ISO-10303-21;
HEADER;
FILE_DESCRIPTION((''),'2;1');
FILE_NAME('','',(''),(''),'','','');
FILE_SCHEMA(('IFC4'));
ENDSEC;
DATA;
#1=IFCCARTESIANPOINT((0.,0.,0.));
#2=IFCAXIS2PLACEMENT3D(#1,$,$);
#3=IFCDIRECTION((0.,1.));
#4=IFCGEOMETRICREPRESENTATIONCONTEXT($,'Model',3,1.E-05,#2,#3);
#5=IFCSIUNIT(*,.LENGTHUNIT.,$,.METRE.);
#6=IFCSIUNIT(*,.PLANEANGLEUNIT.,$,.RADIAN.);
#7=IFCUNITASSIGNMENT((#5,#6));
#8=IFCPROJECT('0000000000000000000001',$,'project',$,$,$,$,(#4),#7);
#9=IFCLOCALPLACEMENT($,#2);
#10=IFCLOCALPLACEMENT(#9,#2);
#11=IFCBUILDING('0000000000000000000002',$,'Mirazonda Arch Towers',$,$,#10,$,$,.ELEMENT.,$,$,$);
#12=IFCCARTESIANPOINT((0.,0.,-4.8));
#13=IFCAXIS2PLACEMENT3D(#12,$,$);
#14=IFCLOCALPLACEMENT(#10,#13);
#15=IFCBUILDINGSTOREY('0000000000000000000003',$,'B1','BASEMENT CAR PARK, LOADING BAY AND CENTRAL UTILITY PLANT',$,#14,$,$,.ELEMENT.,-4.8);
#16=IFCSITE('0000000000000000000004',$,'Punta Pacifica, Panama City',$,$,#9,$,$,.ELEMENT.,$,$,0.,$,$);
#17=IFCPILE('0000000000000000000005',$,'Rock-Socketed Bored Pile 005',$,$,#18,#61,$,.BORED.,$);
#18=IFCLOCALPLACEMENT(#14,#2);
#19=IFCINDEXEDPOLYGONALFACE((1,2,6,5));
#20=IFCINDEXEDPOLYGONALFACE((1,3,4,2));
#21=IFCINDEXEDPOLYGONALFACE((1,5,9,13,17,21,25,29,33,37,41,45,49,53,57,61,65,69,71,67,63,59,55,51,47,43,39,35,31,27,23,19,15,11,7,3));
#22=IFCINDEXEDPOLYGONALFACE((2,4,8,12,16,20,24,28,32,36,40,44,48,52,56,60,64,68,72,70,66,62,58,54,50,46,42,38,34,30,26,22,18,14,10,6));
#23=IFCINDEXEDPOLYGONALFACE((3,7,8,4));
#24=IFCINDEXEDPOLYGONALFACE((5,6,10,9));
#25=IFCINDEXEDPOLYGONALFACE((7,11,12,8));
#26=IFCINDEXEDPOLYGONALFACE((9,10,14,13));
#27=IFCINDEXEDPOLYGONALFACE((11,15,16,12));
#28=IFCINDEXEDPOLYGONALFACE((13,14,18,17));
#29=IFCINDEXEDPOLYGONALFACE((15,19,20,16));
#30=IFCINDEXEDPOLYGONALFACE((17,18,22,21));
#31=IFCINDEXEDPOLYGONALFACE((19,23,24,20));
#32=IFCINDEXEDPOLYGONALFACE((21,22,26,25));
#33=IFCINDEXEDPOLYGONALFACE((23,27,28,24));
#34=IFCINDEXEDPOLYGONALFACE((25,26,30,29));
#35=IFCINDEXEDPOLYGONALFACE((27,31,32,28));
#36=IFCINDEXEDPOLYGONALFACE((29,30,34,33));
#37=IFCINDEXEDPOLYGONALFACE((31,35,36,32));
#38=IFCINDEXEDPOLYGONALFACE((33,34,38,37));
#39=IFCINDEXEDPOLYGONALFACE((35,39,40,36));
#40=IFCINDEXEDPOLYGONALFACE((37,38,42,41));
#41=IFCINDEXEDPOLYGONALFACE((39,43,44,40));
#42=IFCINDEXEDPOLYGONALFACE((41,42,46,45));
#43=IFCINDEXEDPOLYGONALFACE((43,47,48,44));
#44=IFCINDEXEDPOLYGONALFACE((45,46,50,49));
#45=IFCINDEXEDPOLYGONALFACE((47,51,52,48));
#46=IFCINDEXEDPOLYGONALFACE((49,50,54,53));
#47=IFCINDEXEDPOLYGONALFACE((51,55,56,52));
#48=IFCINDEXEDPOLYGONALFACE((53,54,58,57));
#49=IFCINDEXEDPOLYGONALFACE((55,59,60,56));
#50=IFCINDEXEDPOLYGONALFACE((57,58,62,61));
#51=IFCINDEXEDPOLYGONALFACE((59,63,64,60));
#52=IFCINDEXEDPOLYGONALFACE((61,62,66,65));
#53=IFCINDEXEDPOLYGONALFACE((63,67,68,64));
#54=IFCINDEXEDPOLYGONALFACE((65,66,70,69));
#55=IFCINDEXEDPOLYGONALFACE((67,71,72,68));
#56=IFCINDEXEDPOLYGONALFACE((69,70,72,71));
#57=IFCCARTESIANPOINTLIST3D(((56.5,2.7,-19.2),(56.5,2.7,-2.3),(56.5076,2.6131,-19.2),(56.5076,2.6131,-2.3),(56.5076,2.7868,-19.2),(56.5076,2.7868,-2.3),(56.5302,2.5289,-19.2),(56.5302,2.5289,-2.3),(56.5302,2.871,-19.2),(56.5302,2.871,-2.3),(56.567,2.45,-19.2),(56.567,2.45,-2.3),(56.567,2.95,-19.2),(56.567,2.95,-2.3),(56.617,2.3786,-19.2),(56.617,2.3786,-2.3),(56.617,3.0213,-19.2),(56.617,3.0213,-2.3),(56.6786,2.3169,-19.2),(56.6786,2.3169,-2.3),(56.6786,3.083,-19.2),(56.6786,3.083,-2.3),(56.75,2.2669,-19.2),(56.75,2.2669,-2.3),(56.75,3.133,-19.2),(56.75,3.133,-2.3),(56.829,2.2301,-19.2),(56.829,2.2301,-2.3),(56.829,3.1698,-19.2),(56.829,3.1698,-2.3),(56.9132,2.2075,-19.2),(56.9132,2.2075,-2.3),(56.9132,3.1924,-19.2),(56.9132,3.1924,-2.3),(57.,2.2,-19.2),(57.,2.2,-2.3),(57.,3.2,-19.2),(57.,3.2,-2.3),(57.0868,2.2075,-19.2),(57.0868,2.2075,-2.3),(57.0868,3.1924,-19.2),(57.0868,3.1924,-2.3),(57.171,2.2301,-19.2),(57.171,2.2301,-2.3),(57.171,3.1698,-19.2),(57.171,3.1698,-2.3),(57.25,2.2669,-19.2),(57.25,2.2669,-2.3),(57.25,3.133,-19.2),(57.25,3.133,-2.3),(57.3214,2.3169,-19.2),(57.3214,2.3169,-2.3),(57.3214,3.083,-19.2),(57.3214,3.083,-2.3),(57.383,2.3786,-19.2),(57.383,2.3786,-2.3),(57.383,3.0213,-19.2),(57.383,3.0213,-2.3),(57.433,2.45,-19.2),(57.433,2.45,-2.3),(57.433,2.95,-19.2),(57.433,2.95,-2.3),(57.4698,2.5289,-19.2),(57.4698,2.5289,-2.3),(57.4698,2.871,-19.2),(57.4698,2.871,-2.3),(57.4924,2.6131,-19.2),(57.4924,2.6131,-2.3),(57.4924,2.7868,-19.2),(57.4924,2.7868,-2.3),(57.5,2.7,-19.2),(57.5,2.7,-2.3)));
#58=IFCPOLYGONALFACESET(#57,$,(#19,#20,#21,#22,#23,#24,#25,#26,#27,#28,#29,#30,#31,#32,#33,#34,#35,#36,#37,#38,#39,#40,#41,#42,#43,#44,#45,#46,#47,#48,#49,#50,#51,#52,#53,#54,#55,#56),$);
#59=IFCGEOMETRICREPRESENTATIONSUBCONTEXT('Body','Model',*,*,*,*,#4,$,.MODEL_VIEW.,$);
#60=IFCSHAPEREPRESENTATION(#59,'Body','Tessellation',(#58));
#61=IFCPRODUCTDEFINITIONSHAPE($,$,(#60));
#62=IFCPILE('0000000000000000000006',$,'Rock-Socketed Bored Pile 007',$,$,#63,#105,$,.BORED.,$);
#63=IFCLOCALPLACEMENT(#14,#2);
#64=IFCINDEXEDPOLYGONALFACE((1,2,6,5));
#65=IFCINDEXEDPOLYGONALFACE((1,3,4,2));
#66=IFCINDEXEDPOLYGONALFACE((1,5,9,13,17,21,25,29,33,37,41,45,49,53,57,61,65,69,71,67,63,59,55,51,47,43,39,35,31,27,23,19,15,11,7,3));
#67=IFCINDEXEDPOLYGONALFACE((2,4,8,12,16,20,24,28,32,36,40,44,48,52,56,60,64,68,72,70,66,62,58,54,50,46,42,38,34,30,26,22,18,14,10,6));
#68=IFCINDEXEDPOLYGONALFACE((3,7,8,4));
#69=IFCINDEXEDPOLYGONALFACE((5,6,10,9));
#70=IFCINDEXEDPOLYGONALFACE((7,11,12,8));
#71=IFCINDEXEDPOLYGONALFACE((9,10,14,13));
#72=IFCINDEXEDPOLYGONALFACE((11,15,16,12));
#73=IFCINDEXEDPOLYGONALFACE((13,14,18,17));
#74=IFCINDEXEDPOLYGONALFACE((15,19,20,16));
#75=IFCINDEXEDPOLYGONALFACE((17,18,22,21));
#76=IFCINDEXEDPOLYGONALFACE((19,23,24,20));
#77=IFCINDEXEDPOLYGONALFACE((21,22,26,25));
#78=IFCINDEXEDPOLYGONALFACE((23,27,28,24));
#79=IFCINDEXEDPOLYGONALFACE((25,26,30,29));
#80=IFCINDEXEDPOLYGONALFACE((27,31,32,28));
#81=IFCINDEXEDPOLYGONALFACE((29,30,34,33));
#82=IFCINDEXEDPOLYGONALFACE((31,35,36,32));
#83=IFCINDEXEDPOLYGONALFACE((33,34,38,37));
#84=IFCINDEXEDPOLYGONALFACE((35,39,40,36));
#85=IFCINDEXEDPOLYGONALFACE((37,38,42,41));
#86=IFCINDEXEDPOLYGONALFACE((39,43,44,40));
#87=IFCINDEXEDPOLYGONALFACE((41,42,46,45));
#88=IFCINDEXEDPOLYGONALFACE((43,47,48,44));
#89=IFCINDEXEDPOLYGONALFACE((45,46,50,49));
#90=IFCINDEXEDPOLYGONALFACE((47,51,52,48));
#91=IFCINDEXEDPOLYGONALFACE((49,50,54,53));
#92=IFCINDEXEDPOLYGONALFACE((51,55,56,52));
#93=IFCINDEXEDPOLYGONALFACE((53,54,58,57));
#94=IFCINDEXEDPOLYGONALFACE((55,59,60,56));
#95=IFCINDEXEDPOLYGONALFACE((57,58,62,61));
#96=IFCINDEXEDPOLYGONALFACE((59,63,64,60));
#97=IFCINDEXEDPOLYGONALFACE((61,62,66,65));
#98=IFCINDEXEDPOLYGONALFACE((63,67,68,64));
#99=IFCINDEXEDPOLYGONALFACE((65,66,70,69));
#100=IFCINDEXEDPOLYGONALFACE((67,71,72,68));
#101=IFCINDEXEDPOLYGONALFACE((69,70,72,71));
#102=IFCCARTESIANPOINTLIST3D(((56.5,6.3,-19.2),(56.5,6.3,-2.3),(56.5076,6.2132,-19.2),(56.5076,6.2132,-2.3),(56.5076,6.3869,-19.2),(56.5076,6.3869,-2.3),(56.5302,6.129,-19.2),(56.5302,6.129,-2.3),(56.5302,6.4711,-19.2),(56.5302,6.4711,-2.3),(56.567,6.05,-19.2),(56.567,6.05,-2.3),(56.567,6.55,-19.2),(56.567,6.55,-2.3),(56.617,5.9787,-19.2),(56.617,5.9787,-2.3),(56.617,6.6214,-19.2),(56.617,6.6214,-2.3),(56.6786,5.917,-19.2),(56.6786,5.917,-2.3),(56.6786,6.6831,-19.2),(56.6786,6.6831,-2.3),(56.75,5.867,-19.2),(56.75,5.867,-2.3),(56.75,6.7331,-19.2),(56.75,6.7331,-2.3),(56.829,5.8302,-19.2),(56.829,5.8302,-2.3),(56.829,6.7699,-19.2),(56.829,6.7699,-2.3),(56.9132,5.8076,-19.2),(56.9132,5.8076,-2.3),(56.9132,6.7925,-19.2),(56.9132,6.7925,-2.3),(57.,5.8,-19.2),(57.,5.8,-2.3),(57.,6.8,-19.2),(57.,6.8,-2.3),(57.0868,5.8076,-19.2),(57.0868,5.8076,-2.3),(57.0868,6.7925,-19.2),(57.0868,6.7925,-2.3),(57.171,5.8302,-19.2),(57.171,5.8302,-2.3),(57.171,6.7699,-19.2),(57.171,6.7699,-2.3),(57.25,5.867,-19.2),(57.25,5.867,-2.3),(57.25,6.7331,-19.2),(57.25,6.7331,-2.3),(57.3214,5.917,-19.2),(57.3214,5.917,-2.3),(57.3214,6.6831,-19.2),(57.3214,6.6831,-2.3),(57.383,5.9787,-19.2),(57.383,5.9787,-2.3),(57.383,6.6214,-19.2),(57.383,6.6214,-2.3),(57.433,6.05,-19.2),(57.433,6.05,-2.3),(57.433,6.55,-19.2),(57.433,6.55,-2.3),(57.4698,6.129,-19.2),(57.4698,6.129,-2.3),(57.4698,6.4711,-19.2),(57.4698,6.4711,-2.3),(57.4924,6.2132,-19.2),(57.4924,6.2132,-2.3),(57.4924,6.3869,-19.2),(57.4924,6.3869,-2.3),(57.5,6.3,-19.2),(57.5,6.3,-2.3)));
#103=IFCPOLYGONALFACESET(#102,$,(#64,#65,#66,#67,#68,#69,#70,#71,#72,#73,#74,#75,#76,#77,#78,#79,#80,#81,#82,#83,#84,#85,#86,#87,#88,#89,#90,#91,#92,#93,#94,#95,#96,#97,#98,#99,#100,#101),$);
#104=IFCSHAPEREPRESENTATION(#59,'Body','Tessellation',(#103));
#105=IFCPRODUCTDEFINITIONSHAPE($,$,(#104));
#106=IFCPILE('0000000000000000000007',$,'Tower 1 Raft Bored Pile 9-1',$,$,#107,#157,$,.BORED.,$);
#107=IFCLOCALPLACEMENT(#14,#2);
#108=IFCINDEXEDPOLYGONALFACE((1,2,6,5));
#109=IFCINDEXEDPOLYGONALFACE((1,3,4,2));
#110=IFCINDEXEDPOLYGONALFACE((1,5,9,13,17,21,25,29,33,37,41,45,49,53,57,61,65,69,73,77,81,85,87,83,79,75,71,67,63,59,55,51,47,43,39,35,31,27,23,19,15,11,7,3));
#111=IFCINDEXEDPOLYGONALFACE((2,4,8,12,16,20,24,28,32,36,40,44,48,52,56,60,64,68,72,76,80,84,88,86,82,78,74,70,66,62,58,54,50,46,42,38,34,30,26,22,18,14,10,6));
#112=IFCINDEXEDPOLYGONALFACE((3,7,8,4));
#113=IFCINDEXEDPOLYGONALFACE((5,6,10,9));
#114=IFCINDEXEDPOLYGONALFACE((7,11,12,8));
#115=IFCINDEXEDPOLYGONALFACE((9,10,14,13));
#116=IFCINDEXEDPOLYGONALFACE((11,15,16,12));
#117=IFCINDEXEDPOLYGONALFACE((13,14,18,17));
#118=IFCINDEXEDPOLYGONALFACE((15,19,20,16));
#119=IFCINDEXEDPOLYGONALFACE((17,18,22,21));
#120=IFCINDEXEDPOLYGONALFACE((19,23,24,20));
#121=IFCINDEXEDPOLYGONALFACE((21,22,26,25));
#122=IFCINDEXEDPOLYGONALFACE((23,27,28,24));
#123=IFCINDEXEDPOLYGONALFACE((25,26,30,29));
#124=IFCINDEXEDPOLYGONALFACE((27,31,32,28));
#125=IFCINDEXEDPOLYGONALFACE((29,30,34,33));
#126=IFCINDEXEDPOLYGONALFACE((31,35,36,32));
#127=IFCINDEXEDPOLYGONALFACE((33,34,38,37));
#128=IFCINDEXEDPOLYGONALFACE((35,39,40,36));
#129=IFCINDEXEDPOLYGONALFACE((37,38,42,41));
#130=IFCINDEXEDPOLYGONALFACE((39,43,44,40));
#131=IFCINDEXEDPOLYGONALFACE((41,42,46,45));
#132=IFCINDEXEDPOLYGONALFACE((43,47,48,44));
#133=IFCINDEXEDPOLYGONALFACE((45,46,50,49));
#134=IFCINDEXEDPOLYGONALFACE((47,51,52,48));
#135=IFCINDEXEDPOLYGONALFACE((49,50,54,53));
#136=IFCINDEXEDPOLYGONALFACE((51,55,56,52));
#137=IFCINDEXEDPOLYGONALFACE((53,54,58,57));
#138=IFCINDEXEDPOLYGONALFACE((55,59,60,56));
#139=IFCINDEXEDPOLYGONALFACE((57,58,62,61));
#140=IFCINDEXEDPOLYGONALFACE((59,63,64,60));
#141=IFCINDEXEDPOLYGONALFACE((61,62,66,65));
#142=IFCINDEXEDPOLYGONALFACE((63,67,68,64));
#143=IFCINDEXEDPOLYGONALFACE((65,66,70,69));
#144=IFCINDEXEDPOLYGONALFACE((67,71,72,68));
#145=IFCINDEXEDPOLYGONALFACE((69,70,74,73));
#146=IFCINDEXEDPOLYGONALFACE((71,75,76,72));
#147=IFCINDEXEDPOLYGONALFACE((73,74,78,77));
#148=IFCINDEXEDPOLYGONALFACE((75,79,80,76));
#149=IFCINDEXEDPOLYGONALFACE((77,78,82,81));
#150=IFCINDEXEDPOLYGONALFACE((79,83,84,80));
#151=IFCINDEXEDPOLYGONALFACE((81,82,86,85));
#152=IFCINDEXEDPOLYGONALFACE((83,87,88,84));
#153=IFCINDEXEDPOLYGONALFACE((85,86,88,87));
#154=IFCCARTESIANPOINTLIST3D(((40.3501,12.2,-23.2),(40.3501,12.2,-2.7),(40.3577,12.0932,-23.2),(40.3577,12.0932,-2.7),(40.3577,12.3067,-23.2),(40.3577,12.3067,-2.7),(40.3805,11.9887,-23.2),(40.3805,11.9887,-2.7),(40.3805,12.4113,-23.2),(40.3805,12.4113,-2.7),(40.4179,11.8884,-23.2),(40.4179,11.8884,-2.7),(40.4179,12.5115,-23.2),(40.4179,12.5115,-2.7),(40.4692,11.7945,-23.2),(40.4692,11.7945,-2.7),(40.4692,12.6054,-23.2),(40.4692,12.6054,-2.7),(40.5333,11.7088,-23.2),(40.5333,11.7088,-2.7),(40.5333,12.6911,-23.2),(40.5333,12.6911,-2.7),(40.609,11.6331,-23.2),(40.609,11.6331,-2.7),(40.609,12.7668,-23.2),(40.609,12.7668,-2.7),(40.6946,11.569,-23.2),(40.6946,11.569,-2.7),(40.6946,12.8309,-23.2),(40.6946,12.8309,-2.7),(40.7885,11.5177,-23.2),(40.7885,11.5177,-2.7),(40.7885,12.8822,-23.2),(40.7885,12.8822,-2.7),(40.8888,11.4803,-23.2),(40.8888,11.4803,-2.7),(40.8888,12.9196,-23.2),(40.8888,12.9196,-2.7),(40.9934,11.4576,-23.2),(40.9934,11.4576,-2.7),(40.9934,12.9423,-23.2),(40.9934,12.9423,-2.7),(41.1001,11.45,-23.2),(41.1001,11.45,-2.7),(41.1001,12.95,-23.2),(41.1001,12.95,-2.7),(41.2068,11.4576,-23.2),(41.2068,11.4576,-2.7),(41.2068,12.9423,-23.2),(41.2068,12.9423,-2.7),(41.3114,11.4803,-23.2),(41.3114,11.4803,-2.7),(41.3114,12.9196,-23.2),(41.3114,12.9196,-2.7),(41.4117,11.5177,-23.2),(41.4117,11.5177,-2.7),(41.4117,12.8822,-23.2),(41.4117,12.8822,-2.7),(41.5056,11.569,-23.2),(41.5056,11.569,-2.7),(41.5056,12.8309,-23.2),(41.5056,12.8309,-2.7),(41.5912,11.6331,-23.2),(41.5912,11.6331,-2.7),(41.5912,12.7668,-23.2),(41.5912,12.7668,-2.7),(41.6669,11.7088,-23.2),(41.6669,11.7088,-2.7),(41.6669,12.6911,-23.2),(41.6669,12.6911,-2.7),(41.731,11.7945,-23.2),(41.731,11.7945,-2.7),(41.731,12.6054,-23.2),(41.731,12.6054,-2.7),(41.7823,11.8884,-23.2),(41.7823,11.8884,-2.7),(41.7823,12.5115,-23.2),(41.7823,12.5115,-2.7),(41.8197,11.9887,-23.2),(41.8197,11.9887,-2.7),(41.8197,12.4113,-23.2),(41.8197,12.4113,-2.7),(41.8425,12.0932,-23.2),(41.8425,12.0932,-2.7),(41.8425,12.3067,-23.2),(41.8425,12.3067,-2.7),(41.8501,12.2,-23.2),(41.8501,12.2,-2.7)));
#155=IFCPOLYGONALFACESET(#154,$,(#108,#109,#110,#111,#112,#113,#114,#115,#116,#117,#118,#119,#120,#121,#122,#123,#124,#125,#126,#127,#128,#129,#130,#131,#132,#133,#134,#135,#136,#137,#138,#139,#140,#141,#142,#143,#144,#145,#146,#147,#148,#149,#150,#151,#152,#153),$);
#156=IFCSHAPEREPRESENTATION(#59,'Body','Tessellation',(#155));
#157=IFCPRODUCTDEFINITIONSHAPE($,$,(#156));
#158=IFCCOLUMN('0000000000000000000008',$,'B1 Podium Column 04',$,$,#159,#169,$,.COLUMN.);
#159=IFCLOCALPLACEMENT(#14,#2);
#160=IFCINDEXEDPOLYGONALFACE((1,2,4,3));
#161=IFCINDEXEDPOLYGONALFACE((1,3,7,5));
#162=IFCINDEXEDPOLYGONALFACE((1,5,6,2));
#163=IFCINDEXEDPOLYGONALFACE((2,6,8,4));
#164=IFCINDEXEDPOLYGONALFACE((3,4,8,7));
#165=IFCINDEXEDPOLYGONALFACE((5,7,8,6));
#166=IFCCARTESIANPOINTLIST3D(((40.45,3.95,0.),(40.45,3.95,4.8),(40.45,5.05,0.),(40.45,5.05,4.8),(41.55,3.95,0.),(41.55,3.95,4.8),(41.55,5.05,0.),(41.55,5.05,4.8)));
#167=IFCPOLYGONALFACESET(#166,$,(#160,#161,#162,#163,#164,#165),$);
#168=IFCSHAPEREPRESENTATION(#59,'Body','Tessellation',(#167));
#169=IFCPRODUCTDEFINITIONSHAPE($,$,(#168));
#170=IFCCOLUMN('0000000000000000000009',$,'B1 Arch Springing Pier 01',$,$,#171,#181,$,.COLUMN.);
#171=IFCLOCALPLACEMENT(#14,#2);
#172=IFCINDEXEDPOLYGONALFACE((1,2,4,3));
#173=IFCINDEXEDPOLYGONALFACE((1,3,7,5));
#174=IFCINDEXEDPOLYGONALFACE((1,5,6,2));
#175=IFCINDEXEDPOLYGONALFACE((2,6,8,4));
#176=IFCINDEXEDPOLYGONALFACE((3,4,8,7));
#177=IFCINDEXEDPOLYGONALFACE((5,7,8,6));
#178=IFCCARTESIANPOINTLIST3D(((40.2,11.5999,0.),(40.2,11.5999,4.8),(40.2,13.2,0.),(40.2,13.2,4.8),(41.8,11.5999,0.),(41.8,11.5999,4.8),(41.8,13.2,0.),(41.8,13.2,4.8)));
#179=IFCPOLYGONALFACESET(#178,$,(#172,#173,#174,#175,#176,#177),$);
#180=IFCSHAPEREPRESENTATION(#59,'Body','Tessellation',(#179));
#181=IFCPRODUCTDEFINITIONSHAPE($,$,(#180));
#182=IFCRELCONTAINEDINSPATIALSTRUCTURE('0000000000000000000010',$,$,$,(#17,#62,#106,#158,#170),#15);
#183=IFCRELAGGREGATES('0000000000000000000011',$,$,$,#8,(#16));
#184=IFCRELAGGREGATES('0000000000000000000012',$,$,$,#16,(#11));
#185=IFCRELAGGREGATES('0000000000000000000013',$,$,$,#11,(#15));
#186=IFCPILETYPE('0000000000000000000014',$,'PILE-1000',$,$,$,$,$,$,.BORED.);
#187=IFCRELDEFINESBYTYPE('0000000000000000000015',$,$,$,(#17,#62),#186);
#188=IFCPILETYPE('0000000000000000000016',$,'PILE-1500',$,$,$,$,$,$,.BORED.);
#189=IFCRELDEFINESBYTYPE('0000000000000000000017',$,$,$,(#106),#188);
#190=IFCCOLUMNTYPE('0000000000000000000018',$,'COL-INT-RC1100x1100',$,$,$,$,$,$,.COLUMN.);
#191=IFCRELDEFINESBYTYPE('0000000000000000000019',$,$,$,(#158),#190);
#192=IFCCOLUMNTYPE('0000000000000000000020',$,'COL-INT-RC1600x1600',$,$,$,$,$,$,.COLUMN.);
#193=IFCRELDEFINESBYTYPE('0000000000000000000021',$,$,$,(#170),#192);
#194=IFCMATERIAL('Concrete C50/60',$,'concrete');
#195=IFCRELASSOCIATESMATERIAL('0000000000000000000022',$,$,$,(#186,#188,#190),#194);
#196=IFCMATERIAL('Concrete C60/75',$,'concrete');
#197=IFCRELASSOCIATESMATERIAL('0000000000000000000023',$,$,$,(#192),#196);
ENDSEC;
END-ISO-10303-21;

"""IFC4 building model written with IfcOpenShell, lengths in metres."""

from ifc_helpers import new_model, si_unit, direction, frame, origin, origin_2d, place, context, subcontext, project, spatial, rectangle, circle, extrude, material, material_profile, profile_set, type_object, element, save


model = new_model("IFC4")

# Units and contexts
model_context = context("Model", 3, precision=1e-05, world=origin(), true_north=direction((0.0, 1.0)))
body_context = subcontext(model_context, "Body", "Model", "MODEL_VIEW")
ifc_project = project(units=[si_unit("LENGTHUNIT", "METRE"), si_unit("PLANEANGLEUNIT", "RADIAN")], contexts=[model_context])

# Site, building, storey
site_placement = place(None, origin())
site = spatial("IfcSite", under=ifc_project, at=site_placement, Name="Punta Pacifica, Panama City", CompositionType="ELEMENT", RefElevation=0.0)
building_placement = place(site_placement, origin())
building = spatial("IfcBuilding", under=site, at=building_placement, Name="Mirazonda Arch Towers", CompositionType="ELEMENT")
storey_placement = place(building_placement, frame((0.0, 0.0, -4.8)))
storey = spatial("IfcBuildingStorey", under=building, at=storey_placement, Name="B1", Description="BASEMENT CAR PARK, LOADING BAY AND CENTRAL UTILITY PLANT", CompositionType="ELEMENT", Elevation=-4.8)

# Piles
ifc_material_1 = material(Name="Concrete C50/60", Category="concrete")
ifc_material_profile_1 = material_profile(ifc_material_1, circle(Radius=0.5, at=origin_2d()), Name="BORED-D1000")
ifc_profile_set_1 = profile_set([ifc_material_profile_1], Name="Concrete C50/60")
pile_type_1 = type_object("IfcPileType", Name="PILE-1000", PredefinedType="BORED", material=ifc_profile_set_1)
for number, where, z_axis, x_axis, name in (
    (1, (57.0, 2.7, -2.3), (0.0, 0.0, -1.0), (1.0, 0.0, 0.0), "Rock-Socketed Bored Pile 005"),
    (2, (57.0, 6.3, -2.3), (0.0, 0.0, -1.0), (1.0, 0.0, 0.0), "Rock-Socketed Bored Pile 007"),
):
    element("IfcPile", number, at=place(storey_placement, frame(where, z_axis=z_axis, x_axis=x_axis)), inside=storey, type_object=pile_type_1, Name=name, PredefinedType="BORED", context=body_context, shape_type="SweptSolid", body=[
        extrude(circle(Radius=0.5, at=origin_2d()), origin(), (0.0, 0.0, 1.0), 16.8999),
    ])
ifc_material_profile_2 = material_profile(ifc_material_1, circle(Radius=0.75, at=origin_2d()), Name="BORED-D1500")
ifc_profile_set_2 = profile_set([ifc_material_profile_2], Name="Concrete C50/60")
pile_type_2 = type_object("IfcPileType", Name="PILE-1500", PredefinedType="BORED", material=ifc_profile_set_2)
pile_placement = place(storey_placement, frame((41.1001, 12.2, -2.7), z_axis=(0.0, 0.0, -1.0), x_axis=(1.0, 0.0, 0.0)))
element("IfcPile", 3, at=pile_placement, inside=storey, type_object=pile_type_2, Name="Tower 1 Raft Bored Pile 9-1", PredefinedType="BORED", context=body_context, shape_type="SweptSolid", body=[
    extrude(circle(Radius=0.75, at=origin_2d()), origin(), (0.0, 0.0, 1.0), 20.5),
])

# Columns
ifc_material_profile_3 = material_profile(ifc_material_1, rectangle(XDim=1.1001, YDim=1.1001, at=origin_2d()), Name="RC1100x1100")
ifc_profile_set_3 = profile_set([ifc_material_profile_3], Name="Concrete C50/60")
column_type_1 = type_object("IfcColumnType", Name="COL-INT-RC1100x1100", PredefinedType="COLUMN", material=ifc_profile_set_3)
column_1_placement = place(storey_placement, frame((41.0, 4.5, 0.0), z_axis=(0.0, 0.0, 1.0), x_axis=(1.0, 0.0, 0.0)))
element("IfcColumn", 4, at=column_1_placement, inside=storey, type_object=column_type_1, Name="B1 Podium Column 04", PredefinedType="COLUMN", context=body_context, shape_type="SweptSolid", body=[
    extrude(rectangle(XDim=1.1001, YDim=1.1001, at=origin_2d()), origin(), (0.0, 0.0, 1.0), 4.8),
])
ifc_material_2 = material(Name="Concrete C60/75", Category="concrete")
ifc_material_profile_4 = material_profile(ifc_material_2, rectangle(XDim=1.6001, YDim=1.6001, at=origin_2d()), Name="RC1600x1600")
ifc_profile_set_4 = profile_set([ifc_material_profile_4], Name="Concrete C60/75")
column_type_2 = type_object("IfcColumnType", Name="COL-INT-RC1600x1600", PredefinedType="COLUMN", material=ifc_profile_set_4)
column_2_placement = place(storey_placement, frame((41.0, 12.3999, 0.0), z_axis=(0.0, 0.0, 1.0), x_axis=(1.0, 0.0, 0.0)))
element("IfcColumn", 5, at=column_2_placement, inside=storey, type_object=column_type_2, Name="B1 Arch Springing Pier 01", PredefinedType="COLUMN", context=body_context, shape_type="SweptSolid", body=[
    extrude(rectangle(XDim=1.6001, YDim=1.6001, at=origin_2d()), origin(), (0.0, 0.0, 1.0), 4.8),
])

save(model, "model.ifc")
